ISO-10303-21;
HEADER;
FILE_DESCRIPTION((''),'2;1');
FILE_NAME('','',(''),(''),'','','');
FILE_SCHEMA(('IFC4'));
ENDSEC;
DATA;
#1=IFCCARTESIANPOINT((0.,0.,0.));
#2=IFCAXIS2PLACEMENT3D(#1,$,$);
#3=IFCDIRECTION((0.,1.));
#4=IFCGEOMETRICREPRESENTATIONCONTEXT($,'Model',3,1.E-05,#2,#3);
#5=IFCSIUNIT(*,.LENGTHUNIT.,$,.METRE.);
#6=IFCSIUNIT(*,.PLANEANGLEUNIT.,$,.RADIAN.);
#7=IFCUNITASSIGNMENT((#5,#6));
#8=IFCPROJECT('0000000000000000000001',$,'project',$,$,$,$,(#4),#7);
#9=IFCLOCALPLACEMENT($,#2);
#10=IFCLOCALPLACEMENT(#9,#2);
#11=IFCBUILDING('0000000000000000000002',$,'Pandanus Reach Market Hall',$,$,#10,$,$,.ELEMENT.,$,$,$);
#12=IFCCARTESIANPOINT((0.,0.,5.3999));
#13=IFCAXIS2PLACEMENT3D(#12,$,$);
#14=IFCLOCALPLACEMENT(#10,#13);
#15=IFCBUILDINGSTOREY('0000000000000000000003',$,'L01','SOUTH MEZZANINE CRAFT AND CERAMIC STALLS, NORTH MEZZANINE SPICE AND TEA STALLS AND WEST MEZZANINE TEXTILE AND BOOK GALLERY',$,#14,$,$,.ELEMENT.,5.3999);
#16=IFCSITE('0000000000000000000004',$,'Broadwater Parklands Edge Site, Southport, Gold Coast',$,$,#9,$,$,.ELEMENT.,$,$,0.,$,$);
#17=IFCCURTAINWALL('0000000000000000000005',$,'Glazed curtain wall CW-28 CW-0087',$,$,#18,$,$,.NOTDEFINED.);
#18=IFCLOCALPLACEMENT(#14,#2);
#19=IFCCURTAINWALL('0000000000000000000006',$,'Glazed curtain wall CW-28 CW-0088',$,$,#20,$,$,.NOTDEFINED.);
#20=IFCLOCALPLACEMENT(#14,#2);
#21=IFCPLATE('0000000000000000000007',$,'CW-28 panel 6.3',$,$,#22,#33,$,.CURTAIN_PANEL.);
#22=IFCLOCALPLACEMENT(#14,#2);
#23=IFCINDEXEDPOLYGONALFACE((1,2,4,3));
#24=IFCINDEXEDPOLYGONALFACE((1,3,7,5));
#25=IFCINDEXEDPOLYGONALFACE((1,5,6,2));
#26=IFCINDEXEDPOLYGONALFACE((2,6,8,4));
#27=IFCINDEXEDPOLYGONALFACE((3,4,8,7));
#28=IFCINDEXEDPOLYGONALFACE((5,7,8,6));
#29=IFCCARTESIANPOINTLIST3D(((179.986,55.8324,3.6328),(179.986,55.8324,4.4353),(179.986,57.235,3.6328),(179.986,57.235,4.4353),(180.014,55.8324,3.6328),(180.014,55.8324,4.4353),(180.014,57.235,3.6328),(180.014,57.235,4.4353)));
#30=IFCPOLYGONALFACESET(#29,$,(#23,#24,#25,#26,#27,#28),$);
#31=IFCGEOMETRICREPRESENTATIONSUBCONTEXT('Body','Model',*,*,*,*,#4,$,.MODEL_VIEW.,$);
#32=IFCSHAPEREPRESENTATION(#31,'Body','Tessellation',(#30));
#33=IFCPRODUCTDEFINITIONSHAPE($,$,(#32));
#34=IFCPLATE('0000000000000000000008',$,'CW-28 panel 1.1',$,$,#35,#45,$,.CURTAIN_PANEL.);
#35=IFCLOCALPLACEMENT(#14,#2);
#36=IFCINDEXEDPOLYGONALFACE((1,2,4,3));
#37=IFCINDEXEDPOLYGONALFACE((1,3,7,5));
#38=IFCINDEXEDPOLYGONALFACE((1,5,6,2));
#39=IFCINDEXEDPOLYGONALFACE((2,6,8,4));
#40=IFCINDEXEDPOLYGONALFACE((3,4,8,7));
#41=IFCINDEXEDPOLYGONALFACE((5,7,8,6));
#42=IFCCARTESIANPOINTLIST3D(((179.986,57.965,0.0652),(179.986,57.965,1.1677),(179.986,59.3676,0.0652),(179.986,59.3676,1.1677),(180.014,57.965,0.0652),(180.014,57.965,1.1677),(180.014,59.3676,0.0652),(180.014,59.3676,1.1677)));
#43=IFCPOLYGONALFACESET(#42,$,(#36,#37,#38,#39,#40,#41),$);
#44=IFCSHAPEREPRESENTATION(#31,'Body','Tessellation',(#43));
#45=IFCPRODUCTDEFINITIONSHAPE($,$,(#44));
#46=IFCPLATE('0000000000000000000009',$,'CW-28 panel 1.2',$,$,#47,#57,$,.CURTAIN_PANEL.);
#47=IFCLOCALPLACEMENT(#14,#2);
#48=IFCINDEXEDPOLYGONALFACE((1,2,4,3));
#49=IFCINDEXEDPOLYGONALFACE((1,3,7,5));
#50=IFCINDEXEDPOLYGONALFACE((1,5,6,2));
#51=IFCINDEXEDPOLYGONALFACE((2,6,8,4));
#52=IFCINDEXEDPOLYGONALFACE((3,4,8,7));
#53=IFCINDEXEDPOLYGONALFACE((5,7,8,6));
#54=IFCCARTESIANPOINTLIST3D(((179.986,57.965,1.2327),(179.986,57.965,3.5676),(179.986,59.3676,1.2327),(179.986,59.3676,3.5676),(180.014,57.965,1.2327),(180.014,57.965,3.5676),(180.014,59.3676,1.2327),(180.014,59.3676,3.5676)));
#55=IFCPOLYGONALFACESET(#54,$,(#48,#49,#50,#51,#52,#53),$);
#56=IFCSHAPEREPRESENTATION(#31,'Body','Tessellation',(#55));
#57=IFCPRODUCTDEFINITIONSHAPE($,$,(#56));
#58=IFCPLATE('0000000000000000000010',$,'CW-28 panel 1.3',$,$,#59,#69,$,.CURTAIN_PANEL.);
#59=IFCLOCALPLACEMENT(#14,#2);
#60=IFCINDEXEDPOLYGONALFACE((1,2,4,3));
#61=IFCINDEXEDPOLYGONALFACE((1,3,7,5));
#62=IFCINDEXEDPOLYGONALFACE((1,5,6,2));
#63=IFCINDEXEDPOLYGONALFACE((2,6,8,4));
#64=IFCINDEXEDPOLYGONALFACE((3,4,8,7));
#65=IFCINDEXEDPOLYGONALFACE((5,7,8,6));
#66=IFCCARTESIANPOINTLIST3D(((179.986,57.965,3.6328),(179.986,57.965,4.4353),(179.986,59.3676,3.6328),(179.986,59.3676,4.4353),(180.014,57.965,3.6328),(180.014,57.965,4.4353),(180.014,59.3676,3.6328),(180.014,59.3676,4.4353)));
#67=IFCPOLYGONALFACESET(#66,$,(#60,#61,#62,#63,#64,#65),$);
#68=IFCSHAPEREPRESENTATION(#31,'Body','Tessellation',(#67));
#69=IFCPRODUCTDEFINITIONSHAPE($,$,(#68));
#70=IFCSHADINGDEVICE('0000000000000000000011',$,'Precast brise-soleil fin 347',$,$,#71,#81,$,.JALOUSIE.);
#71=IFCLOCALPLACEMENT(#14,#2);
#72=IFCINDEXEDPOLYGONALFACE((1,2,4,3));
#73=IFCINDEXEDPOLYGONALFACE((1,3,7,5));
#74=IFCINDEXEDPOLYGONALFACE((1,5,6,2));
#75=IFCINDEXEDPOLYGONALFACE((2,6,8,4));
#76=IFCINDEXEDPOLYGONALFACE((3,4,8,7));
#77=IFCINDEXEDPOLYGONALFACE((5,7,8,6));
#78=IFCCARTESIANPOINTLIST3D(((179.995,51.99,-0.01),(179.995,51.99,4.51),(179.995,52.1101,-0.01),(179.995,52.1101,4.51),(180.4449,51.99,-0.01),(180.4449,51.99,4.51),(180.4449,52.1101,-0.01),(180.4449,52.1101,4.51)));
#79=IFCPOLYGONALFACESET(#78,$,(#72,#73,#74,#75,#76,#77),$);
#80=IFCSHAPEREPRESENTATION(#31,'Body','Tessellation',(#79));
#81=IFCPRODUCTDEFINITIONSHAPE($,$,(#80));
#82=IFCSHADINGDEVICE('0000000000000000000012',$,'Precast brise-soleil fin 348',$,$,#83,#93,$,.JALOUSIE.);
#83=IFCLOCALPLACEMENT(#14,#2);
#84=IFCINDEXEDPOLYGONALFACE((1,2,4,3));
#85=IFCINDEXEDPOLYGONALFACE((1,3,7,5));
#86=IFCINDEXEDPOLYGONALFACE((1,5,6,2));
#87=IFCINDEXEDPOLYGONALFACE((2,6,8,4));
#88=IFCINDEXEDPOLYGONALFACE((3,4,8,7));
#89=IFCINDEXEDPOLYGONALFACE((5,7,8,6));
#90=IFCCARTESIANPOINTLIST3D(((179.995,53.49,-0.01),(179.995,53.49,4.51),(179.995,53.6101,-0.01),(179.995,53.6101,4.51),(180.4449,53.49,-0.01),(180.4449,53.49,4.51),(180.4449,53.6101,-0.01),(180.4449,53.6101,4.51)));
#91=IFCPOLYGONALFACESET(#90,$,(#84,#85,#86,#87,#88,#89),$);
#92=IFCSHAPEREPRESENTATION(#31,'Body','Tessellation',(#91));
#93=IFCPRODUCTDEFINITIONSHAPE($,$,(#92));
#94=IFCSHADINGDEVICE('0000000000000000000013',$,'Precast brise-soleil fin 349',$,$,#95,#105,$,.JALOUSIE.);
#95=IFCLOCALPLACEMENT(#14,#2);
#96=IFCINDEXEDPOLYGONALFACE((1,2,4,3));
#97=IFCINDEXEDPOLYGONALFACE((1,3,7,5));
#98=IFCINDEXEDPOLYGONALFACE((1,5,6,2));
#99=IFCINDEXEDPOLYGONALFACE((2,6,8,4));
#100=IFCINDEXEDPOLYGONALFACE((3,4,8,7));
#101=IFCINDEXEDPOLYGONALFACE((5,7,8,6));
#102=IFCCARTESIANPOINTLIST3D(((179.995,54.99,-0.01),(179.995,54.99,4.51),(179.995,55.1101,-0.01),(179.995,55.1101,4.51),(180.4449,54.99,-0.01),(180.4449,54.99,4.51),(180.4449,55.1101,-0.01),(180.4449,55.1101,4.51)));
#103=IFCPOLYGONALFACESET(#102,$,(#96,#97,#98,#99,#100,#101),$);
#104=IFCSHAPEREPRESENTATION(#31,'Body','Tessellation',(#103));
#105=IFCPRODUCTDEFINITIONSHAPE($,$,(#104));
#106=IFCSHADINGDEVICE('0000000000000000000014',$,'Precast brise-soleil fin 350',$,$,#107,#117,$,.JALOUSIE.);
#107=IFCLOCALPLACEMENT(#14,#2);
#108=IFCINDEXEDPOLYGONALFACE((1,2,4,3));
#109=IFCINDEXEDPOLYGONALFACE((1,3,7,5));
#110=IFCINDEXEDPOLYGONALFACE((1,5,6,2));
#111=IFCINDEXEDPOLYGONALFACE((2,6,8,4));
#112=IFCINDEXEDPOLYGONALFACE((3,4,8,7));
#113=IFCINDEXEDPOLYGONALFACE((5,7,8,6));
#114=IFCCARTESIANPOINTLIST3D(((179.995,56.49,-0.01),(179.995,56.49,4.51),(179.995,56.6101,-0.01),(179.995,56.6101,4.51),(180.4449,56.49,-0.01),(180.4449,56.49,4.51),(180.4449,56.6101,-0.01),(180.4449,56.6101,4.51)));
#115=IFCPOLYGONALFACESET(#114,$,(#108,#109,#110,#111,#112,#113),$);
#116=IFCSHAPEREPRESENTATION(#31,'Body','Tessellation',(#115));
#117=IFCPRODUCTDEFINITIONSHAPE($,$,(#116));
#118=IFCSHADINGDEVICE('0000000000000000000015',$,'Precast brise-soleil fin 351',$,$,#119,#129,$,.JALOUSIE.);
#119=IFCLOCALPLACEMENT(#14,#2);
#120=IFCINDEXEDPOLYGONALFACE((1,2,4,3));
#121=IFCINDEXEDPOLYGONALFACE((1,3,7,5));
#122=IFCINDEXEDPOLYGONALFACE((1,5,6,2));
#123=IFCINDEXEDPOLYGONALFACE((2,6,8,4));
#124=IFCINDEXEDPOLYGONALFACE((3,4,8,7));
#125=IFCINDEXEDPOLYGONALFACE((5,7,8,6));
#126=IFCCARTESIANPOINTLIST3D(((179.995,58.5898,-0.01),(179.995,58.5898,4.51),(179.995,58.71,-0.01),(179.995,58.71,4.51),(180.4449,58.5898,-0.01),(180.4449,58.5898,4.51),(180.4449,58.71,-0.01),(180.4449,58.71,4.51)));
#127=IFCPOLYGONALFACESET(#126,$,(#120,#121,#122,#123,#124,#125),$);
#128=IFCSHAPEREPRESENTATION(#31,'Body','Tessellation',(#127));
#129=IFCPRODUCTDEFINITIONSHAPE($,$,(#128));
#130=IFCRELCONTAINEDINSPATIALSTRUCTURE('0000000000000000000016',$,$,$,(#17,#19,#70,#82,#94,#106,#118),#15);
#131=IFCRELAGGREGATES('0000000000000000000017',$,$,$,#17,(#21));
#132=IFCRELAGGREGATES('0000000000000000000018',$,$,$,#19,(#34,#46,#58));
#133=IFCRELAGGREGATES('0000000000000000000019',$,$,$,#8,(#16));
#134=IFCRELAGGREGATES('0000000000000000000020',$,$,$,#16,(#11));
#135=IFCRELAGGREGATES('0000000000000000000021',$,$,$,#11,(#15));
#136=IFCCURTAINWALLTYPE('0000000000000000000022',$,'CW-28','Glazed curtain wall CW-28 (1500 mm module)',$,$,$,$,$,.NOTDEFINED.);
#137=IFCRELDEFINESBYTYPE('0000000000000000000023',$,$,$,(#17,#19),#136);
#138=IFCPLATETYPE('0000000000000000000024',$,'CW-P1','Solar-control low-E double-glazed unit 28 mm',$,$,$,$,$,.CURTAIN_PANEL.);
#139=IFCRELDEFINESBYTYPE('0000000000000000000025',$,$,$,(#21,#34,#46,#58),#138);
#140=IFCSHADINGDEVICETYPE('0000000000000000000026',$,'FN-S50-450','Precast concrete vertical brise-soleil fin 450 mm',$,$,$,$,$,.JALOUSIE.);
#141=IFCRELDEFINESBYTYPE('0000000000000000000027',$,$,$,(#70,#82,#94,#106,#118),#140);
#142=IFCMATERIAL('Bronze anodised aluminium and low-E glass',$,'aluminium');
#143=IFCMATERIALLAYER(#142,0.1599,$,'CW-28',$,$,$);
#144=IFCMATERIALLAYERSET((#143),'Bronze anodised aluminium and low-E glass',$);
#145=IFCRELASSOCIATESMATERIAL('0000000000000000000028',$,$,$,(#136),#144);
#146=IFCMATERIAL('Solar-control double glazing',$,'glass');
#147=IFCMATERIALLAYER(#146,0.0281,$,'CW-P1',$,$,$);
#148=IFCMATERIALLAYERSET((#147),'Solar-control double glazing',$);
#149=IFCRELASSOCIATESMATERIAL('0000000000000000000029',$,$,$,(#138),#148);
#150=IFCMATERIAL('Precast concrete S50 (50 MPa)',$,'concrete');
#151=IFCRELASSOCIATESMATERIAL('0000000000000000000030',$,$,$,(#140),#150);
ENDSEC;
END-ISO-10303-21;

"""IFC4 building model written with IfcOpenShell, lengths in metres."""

from ifc_helpers import new_model, si_unit, direction, frame, origin, origin_2d, place, context, subcontext, project, spatial, rectangle, extrude, material, layer, layer_set, type_object, element, aggregate, save


model = new_model("IFC4")

# Units and contexts
model_context = context("Model", 3, precision=1e-05, world=origin(), true_north=direction((0.0, 1.0)))
body_context = subcontext(model_context, "Body", "Model", "MODEL_VIEW")
ifc_project = project(units=[si_unit("LENGTHUNIT", "METRE"), si_unit("PLANEANGLEUNIT", "RADIAN")], contexts=[model_context])

# Site, building, storey
site_placement = place(None, origin())
site = spatial("IfcSite", under=ifc_project, at=site_placement, Name="Broadwater Parklands Edge Site, Southport, Gold Coast", CompositionType="ELEMENT", RefElevation=0.0)
building_placement = place(site_placement, origin())
building = spatial("IfcBuilding", under=site, at=building_placement, Name="Pandanus Reach Market Hall", CompositionType="ELEMENT")
storey_placement = place(building_placement, frame((0.0, 0.0, 5.3999)))
storey = spatial("IfcBuildingStorey", under=building, at=storey_placement, Name="L01", Description="SOUTH MEZZANINE CRAFT AND CERAMIC STALLS, NORTH MEZZANINE SPICE AND TEA STALLS AND WEST MEZZANINE TEXTILE AND BOOK GALLERY", CompositionType="ELEMENT", Elevation=5.3999)

# Curtain wall
ifc_material_1 = material(Name="Bronze anodised aluminium and low-E glass", Category="aluminium")
ifc_layer_1 = layer(ifc_material_1, 0.1599, Name="CW-28")
ifc_layer_set_1 = layer_set([ifc_layer_1], Name="Bronze anodised aluminium and low-E glass")
curtain_wall_type = type_object("IfcCurtainWallType", Name="CW-28", Description="Glazed curtain wall CW-28 (1500 mm module)", PredefinedType="NOTDEFINED", material=ifc_layer_set_1)
curtain_wall_1_placement = place(storey_placement, origin())
curtain_wall_1 = element("IfcCurtainWall", 1, at=curtain_wall_1_placement, inside=storey, type_object=curtain_wall_type, Name="Glazed curtain wall CW-28 CW-0087", PredefinedType="NOTDEFINED")

# Curtain wall
curtain_wall_2_placement = place(storey_placement, origin())
curtain_wall_2 = element("IfcCurtainWall", 2, at=curtain_wall_2_placement, inside=storey, type_object=curtain_wall_type, Name="Glazed curtain wall CW-28 CW-0088", PredefinedType="NOTDEFINED")

# Plates
ifc_material_2 = material(Name="Solar-control double glazing", Category="glass")
ifc_layer_2 = layer(ifc_material_2, 0.0281, Name="CW-P1")
ifc_layer_set_2 = layer_set([ifc_layer_2], Name="Solar-control double glazing")
plate_type = type_object("IfcPlateType", Name="CW-P1", Description="Solar-control low-E double-glazed unit 28 mm", PredefinedType="CURTAIN_PANEL", material=ifc_layer_set_2)
plate_1_placement = place(storey_placement, frame((180.0, 56.5337, 3.6328), z_axis=(0.0, 0.0, 1.0), x_axis=(0.0, 1.0, 0.0)))
plate_1 = element("IfcPlate", 3, at=plate_1_placement, type_object=plate_type, Name="CW-28 panel 6.3", PredefinedType="CURTAIN_PANEL", context=body_context, shape_type="SweptSolid", body=[
    extrude(rectangle(XDim=1.4026, YDim=0.0281, at=origin_2d()), origin(), (0.0, 0.0, 1.0), 0.8025),
])
aggregate(curtain_wall_1, [plate_1])
plate_2_placement = place(storey_placement, frame((180.0, 58.6663, 0.0652), z_axis=(0.0, 0.0, 1.0), x_axis=(0.0, 1.0, 0.0)))
plate_2 = element("IfcPlate", 4, at=plate_2_placement, type_object=plate_type, Name="CW-28 panel 1.1", PredefinedType="CURTAIN_PANEL", context=body_context, shape_type="SweptSolid", body=[
    extrude(rectangle(XDim=1.4026, YDim=0.0281, at=origin_2d()), origin(), (0.0, 0.0, 1.0), 1.1025),
])
plate_3_placement = place(storey_placement, frame((180.0, 58.6663, 1.2327), z_axis=(0.0, 0.0, 1.0), x_axis=(0.0, 1.0, 0.0)))
plate_3 = element("IfcPlate", 5, at=plate_3_placement, type_object=plate_type, Name="CW-28 panel 1.2", PredefinedType="CURTAIN_PANEL", context=body_context, shape_type="SweptSolid", body=[
    extrude(rectangle(XDim=1.4026, YDim=0.0281, at=origin_2d()), origin(), (0.0, 0.0, 1.0), 2.335),
])
plate_4_placement = place(storey_placement, frame((180.0, 58.6663, 3.6328), z_axis=(0.0, 0.0, 1.0), x_axis=(0.0, 1.0, 0.0)))
plate_4 = element("IfcPlate", 6, at=plate_4_placement, type_object=plate_type, Name="CW-28 panel 1.3", PredefinedType="CURTAIN_PANEL", context=body_context, shape_type="SweptSolid", body=[
    extrude(rectangle(XDim=1.4026, YDim=0.0281, at=origin_2d()), origin(), (0.0, 0.0, 1.0), 0.8025),
])
aggregate(curtain_wall_2, [plate_2, plate_3, plate_4])

# Shading devices
ifc_material_3 = material(Name="Precast concrete S50 (50 MPa)", Category="concrete")
shading_device_type = type_object("IfcShadingDeviceType", Name="FN-S50-450", Description="Precast concrete vertical brise-soleil fin 450 mm", PredefinedType="JALOUSIE", material=ifc_material_3)
for number, where, z_axis, x_axis, name in (
    (7, (180.22, 52.05, -0.01), (0.0, 0.0, 1.0), (1.0, 0.0, 0.0), "Precast brise-soleil fin 347"),
    (8, (180.22, 53.55, -0.01), (0.0, 0.0, 1.0), (1.0, 0.0, 0.0), "Precast brise-soleil fin 348"),
    (9, (180.22, 55.05, -0.01), (0.0, 0.0, 1.0), (1.0, 0.0, 0.0), "Precast brise-soleil fin 349"),
    (10, (180.22, 56.55, -0.01), (0.0, 0.0, 1.0), (1.0, 0.0, 0.0), "Precast brise-soleil fin 350"),
    (11, (180.22, 58.6499, -0.01), (0.0, 0.0, 1.0), (1.0, 0.0, 0.0), "Precast brise-soleil fin 351"),
):
    element("IfcShadingDevice", number, at=place(storey_placement, frame(where, z_axis=z_axis, x_axis=x_axis)), inside=storey, type_object=shading_device_type, Name=name, PredefinedType="JALOUSIE", context=body_context, shape_type="SweptSolid", body=[
        extrude(rectangle(XDim=0.45, YDim=0.1201, at=origin_2d()), origin(), (0.0, 0.0, 1.0), 4.52),
    ])

save(model, "model.ifc")
